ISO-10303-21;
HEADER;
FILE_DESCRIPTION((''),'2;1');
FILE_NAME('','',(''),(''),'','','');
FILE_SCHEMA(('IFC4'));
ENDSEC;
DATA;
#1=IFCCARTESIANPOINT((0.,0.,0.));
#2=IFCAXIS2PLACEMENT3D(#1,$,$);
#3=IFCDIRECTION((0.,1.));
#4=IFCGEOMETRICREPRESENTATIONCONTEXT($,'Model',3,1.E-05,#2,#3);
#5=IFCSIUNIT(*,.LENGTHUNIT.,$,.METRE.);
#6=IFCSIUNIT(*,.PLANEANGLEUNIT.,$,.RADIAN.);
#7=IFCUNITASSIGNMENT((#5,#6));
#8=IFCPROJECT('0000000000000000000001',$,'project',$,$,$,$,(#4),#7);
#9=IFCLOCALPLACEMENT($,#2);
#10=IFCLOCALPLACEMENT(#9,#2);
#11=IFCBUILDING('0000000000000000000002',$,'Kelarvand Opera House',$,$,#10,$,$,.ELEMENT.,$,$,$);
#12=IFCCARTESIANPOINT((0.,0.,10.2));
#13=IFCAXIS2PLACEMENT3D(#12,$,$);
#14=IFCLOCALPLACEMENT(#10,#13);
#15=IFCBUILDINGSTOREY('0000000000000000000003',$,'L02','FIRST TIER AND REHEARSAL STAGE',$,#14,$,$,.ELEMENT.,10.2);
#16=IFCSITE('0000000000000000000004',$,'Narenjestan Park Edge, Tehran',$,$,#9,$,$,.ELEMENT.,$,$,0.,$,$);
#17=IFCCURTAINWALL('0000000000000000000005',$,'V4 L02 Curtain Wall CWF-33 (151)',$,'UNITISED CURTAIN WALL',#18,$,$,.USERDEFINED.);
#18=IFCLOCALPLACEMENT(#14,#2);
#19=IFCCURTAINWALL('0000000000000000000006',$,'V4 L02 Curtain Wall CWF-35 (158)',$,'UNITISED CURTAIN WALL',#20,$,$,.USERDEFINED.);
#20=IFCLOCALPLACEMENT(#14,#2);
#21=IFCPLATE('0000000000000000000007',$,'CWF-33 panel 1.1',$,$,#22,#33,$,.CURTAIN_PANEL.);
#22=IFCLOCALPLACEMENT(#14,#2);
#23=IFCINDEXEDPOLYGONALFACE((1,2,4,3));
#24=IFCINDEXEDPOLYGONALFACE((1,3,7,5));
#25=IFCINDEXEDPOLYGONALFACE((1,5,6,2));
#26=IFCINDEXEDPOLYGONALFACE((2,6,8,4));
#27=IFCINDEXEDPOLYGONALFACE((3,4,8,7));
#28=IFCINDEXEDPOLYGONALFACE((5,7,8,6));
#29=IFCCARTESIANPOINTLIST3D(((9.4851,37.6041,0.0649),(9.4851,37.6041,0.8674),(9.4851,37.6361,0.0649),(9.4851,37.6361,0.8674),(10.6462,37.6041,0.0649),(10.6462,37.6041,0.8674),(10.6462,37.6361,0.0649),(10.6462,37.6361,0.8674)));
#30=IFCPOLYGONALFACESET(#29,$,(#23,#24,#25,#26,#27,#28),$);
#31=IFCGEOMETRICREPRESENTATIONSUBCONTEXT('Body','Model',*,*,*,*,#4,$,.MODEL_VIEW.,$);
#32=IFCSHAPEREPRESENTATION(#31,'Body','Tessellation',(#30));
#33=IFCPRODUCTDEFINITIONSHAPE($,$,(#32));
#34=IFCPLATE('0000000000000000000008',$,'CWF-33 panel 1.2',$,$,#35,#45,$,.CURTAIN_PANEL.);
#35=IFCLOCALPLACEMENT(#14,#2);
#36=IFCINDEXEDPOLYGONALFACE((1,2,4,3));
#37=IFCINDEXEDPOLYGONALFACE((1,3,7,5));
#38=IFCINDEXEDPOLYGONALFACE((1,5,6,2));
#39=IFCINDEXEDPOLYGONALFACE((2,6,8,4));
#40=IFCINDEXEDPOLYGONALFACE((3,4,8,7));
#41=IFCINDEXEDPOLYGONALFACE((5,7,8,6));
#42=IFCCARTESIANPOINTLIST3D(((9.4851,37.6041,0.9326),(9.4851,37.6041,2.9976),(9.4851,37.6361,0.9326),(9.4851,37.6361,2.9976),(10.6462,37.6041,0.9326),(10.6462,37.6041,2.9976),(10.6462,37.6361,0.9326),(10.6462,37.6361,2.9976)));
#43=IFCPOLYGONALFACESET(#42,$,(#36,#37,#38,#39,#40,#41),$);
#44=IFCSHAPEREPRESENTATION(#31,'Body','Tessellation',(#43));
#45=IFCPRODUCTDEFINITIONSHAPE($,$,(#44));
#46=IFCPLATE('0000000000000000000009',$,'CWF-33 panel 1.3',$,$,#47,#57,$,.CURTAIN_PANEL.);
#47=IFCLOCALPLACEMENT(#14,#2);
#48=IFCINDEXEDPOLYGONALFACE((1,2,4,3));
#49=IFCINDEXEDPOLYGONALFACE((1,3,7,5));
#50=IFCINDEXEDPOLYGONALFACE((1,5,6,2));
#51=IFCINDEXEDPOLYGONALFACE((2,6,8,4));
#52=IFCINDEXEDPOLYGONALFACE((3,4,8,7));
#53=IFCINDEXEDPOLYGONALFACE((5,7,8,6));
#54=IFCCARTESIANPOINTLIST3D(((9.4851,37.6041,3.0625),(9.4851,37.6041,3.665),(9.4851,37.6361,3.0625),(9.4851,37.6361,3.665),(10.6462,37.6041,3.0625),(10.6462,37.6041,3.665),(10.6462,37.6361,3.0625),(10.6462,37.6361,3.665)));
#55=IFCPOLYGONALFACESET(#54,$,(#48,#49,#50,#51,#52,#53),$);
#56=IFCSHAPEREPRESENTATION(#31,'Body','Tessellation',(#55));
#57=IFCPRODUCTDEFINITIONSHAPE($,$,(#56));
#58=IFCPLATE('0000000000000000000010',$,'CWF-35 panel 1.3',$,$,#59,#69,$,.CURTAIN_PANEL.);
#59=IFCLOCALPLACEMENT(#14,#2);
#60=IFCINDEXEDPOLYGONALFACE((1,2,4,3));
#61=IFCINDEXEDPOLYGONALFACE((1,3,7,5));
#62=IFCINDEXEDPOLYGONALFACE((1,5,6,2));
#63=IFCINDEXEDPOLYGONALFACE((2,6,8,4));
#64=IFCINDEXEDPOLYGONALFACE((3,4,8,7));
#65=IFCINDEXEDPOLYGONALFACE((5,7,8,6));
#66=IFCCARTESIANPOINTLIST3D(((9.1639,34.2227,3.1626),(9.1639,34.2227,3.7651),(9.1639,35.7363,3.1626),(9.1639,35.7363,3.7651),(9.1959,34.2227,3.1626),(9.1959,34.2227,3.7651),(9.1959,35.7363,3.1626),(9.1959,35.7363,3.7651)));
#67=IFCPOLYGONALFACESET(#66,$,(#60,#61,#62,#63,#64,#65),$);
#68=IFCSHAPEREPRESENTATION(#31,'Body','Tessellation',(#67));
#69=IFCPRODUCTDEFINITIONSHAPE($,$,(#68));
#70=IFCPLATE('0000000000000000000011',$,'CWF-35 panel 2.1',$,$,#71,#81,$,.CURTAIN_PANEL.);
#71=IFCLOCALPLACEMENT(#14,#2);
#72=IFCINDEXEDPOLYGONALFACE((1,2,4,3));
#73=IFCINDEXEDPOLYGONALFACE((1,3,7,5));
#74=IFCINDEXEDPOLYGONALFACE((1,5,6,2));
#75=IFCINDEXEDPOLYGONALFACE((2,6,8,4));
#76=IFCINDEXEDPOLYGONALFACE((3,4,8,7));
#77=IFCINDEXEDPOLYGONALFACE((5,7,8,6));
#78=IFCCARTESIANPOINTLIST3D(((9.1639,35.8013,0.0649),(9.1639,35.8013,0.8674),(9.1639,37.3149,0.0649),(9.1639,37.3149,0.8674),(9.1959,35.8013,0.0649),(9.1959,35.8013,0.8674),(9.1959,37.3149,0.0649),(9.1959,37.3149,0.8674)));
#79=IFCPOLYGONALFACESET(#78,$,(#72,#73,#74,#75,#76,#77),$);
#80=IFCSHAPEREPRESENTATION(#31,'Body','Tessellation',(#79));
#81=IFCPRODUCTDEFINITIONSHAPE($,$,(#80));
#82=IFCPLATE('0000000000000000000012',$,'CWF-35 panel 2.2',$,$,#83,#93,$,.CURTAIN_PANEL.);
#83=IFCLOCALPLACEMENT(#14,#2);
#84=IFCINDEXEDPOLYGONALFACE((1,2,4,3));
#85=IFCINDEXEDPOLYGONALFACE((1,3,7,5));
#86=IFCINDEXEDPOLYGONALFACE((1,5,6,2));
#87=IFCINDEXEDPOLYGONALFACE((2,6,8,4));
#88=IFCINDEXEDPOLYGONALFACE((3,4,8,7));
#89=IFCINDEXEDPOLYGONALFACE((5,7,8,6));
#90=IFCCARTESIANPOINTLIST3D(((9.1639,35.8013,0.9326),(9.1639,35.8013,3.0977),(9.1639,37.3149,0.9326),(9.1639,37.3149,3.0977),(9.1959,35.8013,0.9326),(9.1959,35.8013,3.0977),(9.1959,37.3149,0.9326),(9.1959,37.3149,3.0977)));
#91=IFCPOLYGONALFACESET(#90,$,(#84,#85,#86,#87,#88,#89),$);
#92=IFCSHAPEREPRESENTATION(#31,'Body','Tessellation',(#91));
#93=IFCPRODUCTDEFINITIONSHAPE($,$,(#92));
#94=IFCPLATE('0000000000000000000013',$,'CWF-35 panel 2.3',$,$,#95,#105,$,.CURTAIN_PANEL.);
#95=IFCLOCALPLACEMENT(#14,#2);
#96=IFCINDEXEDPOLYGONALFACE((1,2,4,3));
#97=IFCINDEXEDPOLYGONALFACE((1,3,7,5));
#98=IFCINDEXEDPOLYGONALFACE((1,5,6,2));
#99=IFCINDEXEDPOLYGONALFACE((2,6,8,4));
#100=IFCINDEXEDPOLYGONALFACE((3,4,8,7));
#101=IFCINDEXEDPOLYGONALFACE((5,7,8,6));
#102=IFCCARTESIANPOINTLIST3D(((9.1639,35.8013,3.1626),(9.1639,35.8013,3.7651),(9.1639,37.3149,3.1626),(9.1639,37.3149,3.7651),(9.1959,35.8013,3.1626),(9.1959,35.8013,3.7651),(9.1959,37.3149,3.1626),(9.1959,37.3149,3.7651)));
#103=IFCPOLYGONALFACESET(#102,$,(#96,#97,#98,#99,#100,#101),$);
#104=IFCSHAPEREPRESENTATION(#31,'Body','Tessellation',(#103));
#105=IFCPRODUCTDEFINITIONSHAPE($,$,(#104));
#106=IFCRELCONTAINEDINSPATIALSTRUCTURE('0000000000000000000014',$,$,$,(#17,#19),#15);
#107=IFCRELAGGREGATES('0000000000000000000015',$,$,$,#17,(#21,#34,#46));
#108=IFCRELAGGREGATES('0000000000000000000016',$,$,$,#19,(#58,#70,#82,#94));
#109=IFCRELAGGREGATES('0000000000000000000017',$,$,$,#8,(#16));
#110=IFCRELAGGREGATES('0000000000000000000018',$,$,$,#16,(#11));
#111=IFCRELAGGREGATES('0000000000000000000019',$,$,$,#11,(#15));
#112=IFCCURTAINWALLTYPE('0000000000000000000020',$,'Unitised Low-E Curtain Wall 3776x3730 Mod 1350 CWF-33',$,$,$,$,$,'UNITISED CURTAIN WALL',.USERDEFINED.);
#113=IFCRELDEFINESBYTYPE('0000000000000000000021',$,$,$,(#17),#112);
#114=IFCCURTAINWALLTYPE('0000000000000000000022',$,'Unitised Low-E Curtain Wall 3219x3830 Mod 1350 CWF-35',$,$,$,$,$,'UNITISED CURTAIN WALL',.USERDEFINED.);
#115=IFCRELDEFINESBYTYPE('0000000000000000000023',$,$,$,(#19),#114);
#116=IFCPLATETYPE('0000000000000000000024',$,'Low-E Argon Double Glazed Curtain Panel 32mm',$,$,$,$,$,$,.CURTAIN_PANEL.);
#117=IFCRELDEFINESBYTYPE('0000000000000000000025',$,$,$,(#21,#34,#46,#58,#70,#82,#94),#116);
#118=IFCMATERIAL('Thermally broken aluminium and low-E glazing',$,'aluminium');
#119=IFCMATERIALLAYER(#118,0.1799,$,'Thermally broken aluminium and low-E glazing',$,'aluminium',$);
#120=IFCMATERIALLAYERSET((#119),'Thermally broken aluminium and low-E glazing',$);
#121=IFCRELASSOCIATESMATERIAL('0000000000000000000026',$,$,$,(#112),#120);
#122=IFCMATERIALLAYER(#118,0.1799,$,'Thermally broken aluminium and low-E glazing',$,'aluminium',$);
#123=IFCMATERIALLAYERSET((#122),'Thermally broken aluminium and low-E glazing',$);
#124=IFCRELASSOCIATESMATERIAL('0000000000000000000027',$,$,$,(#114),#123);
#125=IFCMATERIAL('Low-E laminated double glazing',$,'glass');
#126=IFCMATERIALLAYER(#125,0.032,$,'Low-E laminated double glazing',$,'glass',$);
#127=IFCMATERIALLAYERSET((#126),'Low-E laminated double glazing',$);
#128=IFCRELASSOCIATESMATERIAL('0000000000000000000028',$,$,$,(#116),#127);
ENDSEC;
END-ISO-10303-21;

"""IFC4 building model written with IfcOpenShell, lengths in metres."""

from ifc_helpers import new_model, si_unit, direction, frame, origin, origin_2d, place, context, subcontext, project, spatial, rectangle, extrude, material, layer, layer_set, type_object, element, aggregate, save


model = new_model("IFC4")

# Units and contexts
model_context = context("Model", 3, precision=1e-05, world=origin(), true_north=direction((0.0, 1.0)))
body_context = subcontext(model_context, "Body", "Model", "MODEL_VIEW")
ifc_project = project(units=[si_unit("LENGTHUNIT", "METRE"), si_unit("PLANEANGLEUNIT", "RADIAN")], contexts=[model_context])

# Site, building, storey
site_placement = place(None, origin())
site = spatial("IfcSite", under=ifc_project, at=site_placement, Name="Narenjestan Park Edge, Tehran", CompositionType="ELEMENT", RefElevation=0.0)
building_placement = place(site_placement, origin())
building = spatial("IfcBuilding", under=site, at=building_placement, Name="Kelarvand Opera House", CompositionType="ELEMENT")
storey_placement = place(building_placement, frame((0.0, 0.0, 10.2)))
storey = spatial("IfcBuildingStorey", under=building, at=storey_placement, Name="L02", Description="FIRST TIER AND REHEARSAL STAGE", CompositionType="ELEMENT", Elevation=10.2)

# Curtain walls
ifc_material_1 = material(Name="Thermally broken aluminium and low-E glazing", Category="aluminium")
ifc_layer_1 = layer(ifc_material_1, 0.1799, Name="Thermally broken aluminium and low-E glazing", Category="aluminium")
ifc_layer_set_1 = layer_set([ifc_layer_1], Name="Thermally broken aluminium and low-E glazing")
curtain_wall_type_1 = type_object("IfcCurtainWallType", Name="Unitised Low-E Curtain Wall 3776x3730 Mod 1350 CWF-33", ElementType="UNITISED CURTAIN WALL", PredefinedType="USERDEFINED", material=ifc_layer_set_1)
curtain_wall_1_placement = place(storey_placement, origin())
curtain_wall_1 = element("IfcCurtainWall", 1, at=curtain_wall_1_placement, inside=storey, type_object=curtain_wall_type_1, Name="V4 L02 Curtain Wall CWF-33 (151)", ObjectType="UNITISED CURTAIN WALL", PredefinedType="USERDEFINED")
ifc_layer_2 = layer(ifc_material_1, 0.1799, Name="Thermally broken aluminium and low-E glazing", Category="aluminium")
ifc_layer_set_2 = layer_set([ifc_layer_2], Name="Thermally broken aluminium and low-E glazing")
curtain_wall_type_2 = type_object("IfcCurtainWallType", Name="Unitised Low-E Curtain Wall 3219x3830 Mod 1350 CWF-35", ElementType="UNITISED CURTAIN WALL", PredefinedType="USERDEFINED", material=ifc_layer_set_2)
curtain_wall_2_placement = place(storey_placement, origin())
curtain_wall_2 = element("IfcCurtainWall", 2, at=curtain_wall_2_placement, inside=storey, type_object=curtain_wall_type_2, Name="V4 L02 Curtain Wall CWF-35 (158)", ObjectType="UNITISED CURTAIN WALL", PredefinedType="USERDEFINED")

# Plates
ifc_material_2 = material(Name="Low-E laminated double glazing", Category="glass")
ifc_layer_3 = layer(ifc_material_2, 0.032, Name="Low-E laminated double glazing", Category="glass")
ifc_layer_set_3 = layer_set([ifc_layer_3], Name="Low-E laminated double glazing")
plate_type = type_object("IfcPlateType", Name="Low-E Argon Double Glazed Curtain Panel 32mm", PredefinedType="CURTAIN_PANEL", material=ifc_layer_set_3)
plate_1_placement = place(storey_placement, frame((10.0657, 37.6201, 0.0649), z_axis=(0.0, 0.0, 1.0), x_axis=(1.0, 0.0, 0.0)))
plate_1 = element("IfcPlate", 3, at=plate_1_placement, type_object=plate_type, Name="CWF-33 panel 1.1", PredefinedType="CURTAIN_PANEL", context=body_context, shape_type="SweptSolid", body=[
    extrude(rectangle(XDim=1.1611, YDim=0.032, at=origin_2d()), origin(), (0.0, 0.0, 1.0), 0.8025),
])
plate_2_placement = place(storey_placement, frame((10.0657, 37.6201, 0.9326), z_axis=(0.0, 0.0, 1.0), x_axis=(1.0, 0.0, 0.0)))
plate_2 = element("IfcPlate", 4, at=plate_2_placement, type_object=plate_type, Name="CWF-33 panel 1.2", PredefinedType="CURTAIN_PANEL", context=body_context, shape_type="SweptSolid", body=[
    extrude(rectangle(XDim=1.1611, YDim=0.032, at=origin_2d()), origin(), (0.0, 0.0, 1.0), 2.0649),
])
plate_3_placement = place(storey_placement, frame((10.0657, 37.6201, 3.0625), z_axis=(0.0, 0.0, 1.0), x_axis=(1.0, 0.0, 0.0)))
plate_3 = element("IfcPlate", 5, at=plate_3_placement, type_object=plate_type, Name="CWF-33 panel 1.3", PredefinedType="CURTAIN_PANEL", context=body_context, shape_type="SweptSolid", body=[
    extrude(rectangle(XDim=1.1611, YDim=0.032, at=origin_2d()), origin(), (0.0, 0.0, 1.0), 0.6025),
])
aggregate(curtain_wall_1, [plate_1, plate_2, plate_3])
plate_4_placement = place(storey_placement, frame((9.1799, 34.9795, 3.1626), z_axis=(0.0, 0.0, 1.0), x_axis=(0.0, 1.0, 0.0)))
plate_4 = element("IfcPlate", 6, at=plate_4_placement, type_object=plate_type, Name="CWF-35 panel 1.3", PredefinedType="CURTAIN_PANEL", context=body_context, shape_type="SweptSolid", body=[
    extrude(rectangle(XDim=1.5137, YDim=0.032, at=origin_2d()), origin(), (0.0, 0.0, 1.0), 0.6025),
])
plate_5_placement = place(storey_placement, frame((9.1799, 36.5581, 0.0649), z_axis=(0.0, 0.0, 1.0), x_axis=(0.0, 1.0, 0.0)))
plate_5 = element("IfcPlate", 7, at=plate_5_placement, type_object=plate_type, Name="CWF-35 panel 2.1", PredefinedType="CURTAIN_PANEL", context=body_context, shape_type="SweptSolid", body=[
    extrude(rectangle(XDim=1.5137, YDim=0.032, at=origin_2d()), origin(), (0.0, 0.0, 1.0), 0.8025),
])
plate_6_placement = place(storey_placement, frame((9.1799, 36.5581, 0.9326), z_axis=(0.0, 0.0, 1.0), x_axis=(0.0, 1.0, 0.0)))
plate_6 = element("IfcPlate", 8, at=plate_6_placement, type_object=plate_type, Name="CWF-35 panel 2.2", PredefinedType="CURTAIN_PANEL", context=body_context, shape_type="SweptSolid", body=[
    extrude(rectangle(XDim=1.5137, YDim=0.032, at=origin_2d()), origin(), (0.0, 0.0, 1.0), 2.165),
])
plate_7_placement = place(storey_placement, frame((9.1799, 36.5581, 3.1626), z_axis=(0.0, 0.0, 1.0), x_axis=(0.0, 1.0, 0.0)))
plate_7 = element("IfcPlate", 9, at=plate_7_placement, type_object=plate_type, Name="CWF-35 panel 2.3", PredefinedType="CURTAIN_PANEL", context=body_context, shape_type="SweptSolid", body=[
    extrude(rectangle(XDim=1.5137, YDim=0.032, at=origin_2d()), origin(), (0.0, 0.0, 1.0), 0.6025),
])
aggregate(curtain_wall_2, [plate_4, plate_5, plate_6, plate_7])

save(model, "model.ifc")
